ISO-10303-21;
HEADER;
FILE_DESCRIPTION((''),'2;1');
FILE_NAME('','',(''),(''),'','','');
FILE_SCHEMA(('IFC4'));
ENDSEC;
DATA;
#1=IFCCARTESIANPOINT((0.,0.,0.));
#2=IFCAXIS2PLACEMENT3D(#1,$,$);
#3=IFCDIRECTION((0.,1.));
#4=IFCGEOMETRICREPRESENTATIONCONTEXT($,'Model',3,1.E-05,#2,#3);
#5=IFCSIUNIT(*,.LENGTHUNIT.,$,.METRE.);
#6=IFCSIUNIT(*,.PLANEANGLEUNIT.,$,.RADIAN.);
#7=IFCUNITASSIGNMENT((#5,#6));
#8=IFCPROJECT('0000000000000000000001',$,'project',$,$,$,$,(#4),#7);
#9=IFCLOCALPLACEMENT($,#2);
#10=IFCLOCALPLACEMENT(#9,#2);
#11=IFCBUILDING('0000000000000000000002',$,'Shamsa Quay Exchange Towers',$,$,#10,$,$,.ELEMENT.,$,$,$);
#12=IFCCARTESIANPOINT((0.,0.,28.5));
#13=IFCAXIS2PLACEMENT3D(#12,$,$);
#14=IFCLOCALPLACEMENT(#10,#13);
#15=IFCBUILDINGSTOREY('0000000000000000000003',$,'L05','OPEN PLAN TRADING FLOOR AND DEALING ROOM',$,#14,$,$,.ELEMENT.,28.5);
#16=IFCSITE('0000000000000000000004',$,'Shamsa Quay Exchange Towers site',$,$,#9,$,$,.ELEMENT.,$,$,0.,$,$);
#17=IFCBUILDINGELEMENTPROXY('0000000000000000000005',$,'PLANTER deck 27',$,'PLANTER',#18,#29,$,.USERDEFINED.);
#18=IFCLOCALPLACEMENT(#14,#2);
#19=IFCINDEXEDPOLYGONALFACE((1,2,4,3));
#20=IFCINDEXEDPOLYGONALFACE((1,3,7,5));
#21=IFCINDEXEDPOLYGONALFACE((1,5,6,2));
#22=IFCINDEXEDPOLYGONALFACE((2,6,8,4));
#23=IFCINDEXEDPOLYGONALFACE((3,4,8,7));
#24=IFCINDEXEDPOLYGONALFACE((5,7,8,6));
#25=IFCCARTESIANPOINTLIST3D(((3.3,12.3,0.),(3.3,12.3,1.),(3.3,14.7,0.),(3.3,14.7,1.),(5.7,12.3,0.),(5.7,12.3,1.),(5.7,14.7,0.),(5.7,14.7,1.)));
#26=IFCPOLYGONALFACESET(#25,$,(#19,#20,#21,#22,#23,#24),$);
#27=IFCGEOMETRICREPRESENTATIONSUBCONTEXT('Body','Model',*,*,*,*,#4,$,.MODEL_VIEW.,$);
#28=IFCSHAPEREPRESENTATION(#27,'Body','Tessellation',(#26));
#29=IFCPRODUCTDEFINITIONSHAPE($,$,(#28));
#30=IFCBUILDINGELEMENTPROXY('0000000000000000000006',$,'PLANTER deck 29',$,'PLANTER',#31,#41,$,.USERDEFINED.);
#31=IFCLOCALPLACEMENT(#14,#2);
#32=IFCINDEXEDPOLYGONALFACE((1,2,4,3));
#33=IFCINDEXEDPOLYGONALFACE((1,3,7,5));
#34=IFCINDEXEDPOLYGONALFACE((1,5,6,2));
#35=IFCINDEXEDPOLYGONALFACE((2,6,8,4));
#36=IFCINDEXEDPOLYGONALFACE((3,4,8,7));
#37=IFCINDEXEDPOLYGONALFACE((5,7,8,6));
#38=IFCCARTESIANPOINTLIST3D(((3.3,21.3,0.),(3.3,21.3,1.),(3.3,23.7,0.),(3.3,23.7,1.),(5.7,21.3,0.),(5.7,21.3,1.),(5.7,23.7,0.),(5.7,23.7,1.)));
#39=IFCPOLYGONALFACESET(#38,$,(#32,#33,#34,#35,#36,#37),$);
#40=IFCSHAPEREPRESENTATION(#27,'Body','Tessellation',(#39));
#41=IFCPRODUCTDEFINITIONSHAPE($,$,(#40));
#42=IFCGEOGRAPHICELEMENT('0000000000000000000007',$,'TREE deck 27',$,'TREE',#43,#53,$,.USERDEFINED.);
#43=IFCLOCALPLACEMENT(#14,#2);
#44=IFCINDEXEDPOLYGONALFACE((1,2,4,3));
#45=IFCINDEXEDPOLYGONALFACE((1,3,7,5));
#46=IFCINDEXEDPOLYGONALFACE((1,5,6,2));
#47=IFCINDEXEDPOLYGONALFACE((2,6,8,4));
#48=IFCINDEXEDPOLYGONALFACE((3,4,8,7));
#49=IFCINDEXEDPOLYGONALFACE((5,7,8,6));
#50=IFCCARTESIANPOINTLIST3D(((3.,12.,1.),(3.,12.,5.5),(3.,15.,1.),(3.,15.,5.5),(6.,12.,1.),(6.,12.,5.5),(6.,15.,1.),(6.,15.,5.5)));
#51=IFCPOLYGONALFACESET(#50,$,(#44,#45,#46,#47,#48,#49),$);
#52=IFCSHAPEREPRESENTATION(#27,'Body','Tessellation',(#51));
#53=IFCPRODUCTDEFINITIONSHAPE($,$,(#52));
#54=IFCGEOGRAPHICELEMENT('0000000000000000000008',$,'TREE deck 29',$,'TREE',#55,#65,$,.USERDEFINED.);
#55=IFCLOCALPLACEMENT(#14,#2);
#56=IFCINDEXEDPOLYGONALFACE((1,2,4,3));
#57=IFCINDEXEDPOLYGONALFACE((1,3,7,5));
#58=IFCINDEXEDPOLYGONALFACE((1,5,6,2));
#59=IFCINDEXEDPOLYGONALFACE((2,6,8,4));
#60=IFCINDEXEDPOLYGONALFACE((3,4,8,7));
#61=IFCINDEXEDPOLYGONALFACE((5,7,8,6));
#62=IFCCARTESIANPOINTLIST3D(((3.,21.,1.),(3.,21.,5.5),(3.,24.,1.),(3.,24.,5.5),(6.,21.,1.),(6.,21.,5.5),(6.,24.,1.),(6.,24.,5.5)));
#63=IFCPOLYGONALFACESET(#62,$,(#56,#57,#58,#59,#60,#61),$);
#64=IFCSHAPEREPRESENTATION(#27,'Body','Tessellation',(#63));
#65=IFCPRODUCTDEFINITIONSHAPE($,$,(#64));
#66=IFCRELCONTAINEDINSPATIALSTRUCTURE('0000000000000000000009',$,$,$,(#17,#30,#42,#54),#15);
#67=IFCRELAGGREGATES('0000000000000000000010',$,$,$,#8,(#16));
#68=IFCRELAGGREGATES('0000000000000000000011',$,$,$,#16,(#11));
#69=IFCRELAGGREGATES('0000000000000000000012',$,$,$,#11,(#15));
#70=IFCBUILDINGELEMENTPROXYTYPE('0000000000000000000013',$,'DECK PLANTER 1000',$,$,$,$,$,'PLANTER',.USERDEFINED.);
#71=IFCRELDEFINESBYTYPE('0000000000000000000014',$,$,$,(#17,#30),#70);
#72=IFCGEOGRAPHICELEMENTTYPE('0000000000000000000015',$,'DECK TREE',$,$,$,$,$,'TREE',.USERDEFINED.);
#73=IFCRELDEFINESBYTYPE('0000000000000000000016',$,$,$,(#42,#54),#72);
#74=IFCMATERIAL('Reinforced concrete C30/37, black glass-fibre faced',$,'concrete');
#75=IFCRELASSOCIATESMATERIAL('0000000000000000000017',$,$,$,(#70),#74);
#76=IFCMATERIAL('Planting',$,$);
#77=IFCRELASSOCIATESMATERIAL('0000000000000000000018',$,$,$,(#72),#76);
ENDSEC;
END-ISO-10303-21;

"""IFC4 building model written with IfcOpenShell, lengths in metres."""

from ifc_helpers import new_model, si_unit, direction, frame, origin, origin_2d, place, context, subcontext, project, spatial, rectangle, extrude, material, type_object, element, save


model = new_model("IFC4")

# Units and contexts
model_context = context("Model", 3, precision=1e-05, world=origin(), true_north=direction((0.0, 1.0)))
body_context = subcontext(model_context, "Body", "Model", "MODEL_VIEW")
ifc_project = project(units=[si_unit("LENGTHUNIT", "METRE"), si_unit("PLANEANGLEUNIT", "RADIAN")], contexts=[model_context])

# Site, building, storey
site_placement = place(None, origin())
site = spatial("IfcSite", under=ifc_project, at=site_placement, Name="Shamsa Quay Exchange Towers site", CompositionType="ELEMENT", RefElevation=0.0)
building_placement = place(site_placement, origin())
building = spatial("IfcBuilding", under=site, at=building_placement, Name="Shamsa Quay Exchange Towers", CompositionType="ELEMENT")
storey_placement = place(building_placement, frame((0.0, 0.0, 28.5)))
storey = spatial("IfcBuildingStorey", under=building, at=storey_placement, Name="L05", Description="OPEN PLAN TRADING FLOOR AND DEALING ROOM", CompositionType="ELEMENT", Elevation=28.5)

# Building element proxies
ifc_material_1 = material(Name="Reinforced concrete C30/37, black glass-fibre faced", Category="concrete")
building_element_proxy_type = type_object("IfcBuildingElementProxyType", Name="DECK PLANTER 1000", ElementType="PLANTER", PredefinedType="USERDEFINED", material=ifc_material_1)
for number, where, name in (
    (1, (4.5, 13.5, 0.0), "PLANTER deck 27"),
    (2, (4.5, 22.5, 0.0), "PLANTER deck 29"),
):
    element("IfcBuildingElementProxy", number, at=place(storey_placement, frame(where)), inside=storey, type_object=building_element_proxy_type, Name=name, ObjectType="PLANTER", PredefinedType="USERDEFINED", context=body_context, shape_type="SweptSolid", body=[
        extrude(rectangle(XDim=2.3999, YDim=2.3999, at=origin_2d()), origin(), (0.0, 0.0, 1.0), 1.0),
    ])

# Geographic elements
ifc_material_2 = material(Name="Planting")
geographic_element_type = type_object("IfcGeographicElementType", Name="DECK TREE", ElementType="TREE", PredefinedType="USERDEFINED", material=ifc_material_2)
for number, where, name in (
    (3, (4.5, 13.5, 1.0), "TREE deck 27"),
    (4, (4.5, 22.5, 1.0), "TREE deck 29"),
):
    element("IfcGeographicElement", number, at=place(storey_placement, frame(where)), inside=storey, type_object=geographic_element_type, Name=name, ObjectType="TREE", PredefinedType="USERDEFINED", context=body_context, shape_type="SweptSolid", body=[
        extrude(rectangle(XDim=3.0, YDim=3.0, at=origin_2d()), origin(), (0.0, 0.0, 1.0), 4.5),
    ])

save(model, "model.ifc")
